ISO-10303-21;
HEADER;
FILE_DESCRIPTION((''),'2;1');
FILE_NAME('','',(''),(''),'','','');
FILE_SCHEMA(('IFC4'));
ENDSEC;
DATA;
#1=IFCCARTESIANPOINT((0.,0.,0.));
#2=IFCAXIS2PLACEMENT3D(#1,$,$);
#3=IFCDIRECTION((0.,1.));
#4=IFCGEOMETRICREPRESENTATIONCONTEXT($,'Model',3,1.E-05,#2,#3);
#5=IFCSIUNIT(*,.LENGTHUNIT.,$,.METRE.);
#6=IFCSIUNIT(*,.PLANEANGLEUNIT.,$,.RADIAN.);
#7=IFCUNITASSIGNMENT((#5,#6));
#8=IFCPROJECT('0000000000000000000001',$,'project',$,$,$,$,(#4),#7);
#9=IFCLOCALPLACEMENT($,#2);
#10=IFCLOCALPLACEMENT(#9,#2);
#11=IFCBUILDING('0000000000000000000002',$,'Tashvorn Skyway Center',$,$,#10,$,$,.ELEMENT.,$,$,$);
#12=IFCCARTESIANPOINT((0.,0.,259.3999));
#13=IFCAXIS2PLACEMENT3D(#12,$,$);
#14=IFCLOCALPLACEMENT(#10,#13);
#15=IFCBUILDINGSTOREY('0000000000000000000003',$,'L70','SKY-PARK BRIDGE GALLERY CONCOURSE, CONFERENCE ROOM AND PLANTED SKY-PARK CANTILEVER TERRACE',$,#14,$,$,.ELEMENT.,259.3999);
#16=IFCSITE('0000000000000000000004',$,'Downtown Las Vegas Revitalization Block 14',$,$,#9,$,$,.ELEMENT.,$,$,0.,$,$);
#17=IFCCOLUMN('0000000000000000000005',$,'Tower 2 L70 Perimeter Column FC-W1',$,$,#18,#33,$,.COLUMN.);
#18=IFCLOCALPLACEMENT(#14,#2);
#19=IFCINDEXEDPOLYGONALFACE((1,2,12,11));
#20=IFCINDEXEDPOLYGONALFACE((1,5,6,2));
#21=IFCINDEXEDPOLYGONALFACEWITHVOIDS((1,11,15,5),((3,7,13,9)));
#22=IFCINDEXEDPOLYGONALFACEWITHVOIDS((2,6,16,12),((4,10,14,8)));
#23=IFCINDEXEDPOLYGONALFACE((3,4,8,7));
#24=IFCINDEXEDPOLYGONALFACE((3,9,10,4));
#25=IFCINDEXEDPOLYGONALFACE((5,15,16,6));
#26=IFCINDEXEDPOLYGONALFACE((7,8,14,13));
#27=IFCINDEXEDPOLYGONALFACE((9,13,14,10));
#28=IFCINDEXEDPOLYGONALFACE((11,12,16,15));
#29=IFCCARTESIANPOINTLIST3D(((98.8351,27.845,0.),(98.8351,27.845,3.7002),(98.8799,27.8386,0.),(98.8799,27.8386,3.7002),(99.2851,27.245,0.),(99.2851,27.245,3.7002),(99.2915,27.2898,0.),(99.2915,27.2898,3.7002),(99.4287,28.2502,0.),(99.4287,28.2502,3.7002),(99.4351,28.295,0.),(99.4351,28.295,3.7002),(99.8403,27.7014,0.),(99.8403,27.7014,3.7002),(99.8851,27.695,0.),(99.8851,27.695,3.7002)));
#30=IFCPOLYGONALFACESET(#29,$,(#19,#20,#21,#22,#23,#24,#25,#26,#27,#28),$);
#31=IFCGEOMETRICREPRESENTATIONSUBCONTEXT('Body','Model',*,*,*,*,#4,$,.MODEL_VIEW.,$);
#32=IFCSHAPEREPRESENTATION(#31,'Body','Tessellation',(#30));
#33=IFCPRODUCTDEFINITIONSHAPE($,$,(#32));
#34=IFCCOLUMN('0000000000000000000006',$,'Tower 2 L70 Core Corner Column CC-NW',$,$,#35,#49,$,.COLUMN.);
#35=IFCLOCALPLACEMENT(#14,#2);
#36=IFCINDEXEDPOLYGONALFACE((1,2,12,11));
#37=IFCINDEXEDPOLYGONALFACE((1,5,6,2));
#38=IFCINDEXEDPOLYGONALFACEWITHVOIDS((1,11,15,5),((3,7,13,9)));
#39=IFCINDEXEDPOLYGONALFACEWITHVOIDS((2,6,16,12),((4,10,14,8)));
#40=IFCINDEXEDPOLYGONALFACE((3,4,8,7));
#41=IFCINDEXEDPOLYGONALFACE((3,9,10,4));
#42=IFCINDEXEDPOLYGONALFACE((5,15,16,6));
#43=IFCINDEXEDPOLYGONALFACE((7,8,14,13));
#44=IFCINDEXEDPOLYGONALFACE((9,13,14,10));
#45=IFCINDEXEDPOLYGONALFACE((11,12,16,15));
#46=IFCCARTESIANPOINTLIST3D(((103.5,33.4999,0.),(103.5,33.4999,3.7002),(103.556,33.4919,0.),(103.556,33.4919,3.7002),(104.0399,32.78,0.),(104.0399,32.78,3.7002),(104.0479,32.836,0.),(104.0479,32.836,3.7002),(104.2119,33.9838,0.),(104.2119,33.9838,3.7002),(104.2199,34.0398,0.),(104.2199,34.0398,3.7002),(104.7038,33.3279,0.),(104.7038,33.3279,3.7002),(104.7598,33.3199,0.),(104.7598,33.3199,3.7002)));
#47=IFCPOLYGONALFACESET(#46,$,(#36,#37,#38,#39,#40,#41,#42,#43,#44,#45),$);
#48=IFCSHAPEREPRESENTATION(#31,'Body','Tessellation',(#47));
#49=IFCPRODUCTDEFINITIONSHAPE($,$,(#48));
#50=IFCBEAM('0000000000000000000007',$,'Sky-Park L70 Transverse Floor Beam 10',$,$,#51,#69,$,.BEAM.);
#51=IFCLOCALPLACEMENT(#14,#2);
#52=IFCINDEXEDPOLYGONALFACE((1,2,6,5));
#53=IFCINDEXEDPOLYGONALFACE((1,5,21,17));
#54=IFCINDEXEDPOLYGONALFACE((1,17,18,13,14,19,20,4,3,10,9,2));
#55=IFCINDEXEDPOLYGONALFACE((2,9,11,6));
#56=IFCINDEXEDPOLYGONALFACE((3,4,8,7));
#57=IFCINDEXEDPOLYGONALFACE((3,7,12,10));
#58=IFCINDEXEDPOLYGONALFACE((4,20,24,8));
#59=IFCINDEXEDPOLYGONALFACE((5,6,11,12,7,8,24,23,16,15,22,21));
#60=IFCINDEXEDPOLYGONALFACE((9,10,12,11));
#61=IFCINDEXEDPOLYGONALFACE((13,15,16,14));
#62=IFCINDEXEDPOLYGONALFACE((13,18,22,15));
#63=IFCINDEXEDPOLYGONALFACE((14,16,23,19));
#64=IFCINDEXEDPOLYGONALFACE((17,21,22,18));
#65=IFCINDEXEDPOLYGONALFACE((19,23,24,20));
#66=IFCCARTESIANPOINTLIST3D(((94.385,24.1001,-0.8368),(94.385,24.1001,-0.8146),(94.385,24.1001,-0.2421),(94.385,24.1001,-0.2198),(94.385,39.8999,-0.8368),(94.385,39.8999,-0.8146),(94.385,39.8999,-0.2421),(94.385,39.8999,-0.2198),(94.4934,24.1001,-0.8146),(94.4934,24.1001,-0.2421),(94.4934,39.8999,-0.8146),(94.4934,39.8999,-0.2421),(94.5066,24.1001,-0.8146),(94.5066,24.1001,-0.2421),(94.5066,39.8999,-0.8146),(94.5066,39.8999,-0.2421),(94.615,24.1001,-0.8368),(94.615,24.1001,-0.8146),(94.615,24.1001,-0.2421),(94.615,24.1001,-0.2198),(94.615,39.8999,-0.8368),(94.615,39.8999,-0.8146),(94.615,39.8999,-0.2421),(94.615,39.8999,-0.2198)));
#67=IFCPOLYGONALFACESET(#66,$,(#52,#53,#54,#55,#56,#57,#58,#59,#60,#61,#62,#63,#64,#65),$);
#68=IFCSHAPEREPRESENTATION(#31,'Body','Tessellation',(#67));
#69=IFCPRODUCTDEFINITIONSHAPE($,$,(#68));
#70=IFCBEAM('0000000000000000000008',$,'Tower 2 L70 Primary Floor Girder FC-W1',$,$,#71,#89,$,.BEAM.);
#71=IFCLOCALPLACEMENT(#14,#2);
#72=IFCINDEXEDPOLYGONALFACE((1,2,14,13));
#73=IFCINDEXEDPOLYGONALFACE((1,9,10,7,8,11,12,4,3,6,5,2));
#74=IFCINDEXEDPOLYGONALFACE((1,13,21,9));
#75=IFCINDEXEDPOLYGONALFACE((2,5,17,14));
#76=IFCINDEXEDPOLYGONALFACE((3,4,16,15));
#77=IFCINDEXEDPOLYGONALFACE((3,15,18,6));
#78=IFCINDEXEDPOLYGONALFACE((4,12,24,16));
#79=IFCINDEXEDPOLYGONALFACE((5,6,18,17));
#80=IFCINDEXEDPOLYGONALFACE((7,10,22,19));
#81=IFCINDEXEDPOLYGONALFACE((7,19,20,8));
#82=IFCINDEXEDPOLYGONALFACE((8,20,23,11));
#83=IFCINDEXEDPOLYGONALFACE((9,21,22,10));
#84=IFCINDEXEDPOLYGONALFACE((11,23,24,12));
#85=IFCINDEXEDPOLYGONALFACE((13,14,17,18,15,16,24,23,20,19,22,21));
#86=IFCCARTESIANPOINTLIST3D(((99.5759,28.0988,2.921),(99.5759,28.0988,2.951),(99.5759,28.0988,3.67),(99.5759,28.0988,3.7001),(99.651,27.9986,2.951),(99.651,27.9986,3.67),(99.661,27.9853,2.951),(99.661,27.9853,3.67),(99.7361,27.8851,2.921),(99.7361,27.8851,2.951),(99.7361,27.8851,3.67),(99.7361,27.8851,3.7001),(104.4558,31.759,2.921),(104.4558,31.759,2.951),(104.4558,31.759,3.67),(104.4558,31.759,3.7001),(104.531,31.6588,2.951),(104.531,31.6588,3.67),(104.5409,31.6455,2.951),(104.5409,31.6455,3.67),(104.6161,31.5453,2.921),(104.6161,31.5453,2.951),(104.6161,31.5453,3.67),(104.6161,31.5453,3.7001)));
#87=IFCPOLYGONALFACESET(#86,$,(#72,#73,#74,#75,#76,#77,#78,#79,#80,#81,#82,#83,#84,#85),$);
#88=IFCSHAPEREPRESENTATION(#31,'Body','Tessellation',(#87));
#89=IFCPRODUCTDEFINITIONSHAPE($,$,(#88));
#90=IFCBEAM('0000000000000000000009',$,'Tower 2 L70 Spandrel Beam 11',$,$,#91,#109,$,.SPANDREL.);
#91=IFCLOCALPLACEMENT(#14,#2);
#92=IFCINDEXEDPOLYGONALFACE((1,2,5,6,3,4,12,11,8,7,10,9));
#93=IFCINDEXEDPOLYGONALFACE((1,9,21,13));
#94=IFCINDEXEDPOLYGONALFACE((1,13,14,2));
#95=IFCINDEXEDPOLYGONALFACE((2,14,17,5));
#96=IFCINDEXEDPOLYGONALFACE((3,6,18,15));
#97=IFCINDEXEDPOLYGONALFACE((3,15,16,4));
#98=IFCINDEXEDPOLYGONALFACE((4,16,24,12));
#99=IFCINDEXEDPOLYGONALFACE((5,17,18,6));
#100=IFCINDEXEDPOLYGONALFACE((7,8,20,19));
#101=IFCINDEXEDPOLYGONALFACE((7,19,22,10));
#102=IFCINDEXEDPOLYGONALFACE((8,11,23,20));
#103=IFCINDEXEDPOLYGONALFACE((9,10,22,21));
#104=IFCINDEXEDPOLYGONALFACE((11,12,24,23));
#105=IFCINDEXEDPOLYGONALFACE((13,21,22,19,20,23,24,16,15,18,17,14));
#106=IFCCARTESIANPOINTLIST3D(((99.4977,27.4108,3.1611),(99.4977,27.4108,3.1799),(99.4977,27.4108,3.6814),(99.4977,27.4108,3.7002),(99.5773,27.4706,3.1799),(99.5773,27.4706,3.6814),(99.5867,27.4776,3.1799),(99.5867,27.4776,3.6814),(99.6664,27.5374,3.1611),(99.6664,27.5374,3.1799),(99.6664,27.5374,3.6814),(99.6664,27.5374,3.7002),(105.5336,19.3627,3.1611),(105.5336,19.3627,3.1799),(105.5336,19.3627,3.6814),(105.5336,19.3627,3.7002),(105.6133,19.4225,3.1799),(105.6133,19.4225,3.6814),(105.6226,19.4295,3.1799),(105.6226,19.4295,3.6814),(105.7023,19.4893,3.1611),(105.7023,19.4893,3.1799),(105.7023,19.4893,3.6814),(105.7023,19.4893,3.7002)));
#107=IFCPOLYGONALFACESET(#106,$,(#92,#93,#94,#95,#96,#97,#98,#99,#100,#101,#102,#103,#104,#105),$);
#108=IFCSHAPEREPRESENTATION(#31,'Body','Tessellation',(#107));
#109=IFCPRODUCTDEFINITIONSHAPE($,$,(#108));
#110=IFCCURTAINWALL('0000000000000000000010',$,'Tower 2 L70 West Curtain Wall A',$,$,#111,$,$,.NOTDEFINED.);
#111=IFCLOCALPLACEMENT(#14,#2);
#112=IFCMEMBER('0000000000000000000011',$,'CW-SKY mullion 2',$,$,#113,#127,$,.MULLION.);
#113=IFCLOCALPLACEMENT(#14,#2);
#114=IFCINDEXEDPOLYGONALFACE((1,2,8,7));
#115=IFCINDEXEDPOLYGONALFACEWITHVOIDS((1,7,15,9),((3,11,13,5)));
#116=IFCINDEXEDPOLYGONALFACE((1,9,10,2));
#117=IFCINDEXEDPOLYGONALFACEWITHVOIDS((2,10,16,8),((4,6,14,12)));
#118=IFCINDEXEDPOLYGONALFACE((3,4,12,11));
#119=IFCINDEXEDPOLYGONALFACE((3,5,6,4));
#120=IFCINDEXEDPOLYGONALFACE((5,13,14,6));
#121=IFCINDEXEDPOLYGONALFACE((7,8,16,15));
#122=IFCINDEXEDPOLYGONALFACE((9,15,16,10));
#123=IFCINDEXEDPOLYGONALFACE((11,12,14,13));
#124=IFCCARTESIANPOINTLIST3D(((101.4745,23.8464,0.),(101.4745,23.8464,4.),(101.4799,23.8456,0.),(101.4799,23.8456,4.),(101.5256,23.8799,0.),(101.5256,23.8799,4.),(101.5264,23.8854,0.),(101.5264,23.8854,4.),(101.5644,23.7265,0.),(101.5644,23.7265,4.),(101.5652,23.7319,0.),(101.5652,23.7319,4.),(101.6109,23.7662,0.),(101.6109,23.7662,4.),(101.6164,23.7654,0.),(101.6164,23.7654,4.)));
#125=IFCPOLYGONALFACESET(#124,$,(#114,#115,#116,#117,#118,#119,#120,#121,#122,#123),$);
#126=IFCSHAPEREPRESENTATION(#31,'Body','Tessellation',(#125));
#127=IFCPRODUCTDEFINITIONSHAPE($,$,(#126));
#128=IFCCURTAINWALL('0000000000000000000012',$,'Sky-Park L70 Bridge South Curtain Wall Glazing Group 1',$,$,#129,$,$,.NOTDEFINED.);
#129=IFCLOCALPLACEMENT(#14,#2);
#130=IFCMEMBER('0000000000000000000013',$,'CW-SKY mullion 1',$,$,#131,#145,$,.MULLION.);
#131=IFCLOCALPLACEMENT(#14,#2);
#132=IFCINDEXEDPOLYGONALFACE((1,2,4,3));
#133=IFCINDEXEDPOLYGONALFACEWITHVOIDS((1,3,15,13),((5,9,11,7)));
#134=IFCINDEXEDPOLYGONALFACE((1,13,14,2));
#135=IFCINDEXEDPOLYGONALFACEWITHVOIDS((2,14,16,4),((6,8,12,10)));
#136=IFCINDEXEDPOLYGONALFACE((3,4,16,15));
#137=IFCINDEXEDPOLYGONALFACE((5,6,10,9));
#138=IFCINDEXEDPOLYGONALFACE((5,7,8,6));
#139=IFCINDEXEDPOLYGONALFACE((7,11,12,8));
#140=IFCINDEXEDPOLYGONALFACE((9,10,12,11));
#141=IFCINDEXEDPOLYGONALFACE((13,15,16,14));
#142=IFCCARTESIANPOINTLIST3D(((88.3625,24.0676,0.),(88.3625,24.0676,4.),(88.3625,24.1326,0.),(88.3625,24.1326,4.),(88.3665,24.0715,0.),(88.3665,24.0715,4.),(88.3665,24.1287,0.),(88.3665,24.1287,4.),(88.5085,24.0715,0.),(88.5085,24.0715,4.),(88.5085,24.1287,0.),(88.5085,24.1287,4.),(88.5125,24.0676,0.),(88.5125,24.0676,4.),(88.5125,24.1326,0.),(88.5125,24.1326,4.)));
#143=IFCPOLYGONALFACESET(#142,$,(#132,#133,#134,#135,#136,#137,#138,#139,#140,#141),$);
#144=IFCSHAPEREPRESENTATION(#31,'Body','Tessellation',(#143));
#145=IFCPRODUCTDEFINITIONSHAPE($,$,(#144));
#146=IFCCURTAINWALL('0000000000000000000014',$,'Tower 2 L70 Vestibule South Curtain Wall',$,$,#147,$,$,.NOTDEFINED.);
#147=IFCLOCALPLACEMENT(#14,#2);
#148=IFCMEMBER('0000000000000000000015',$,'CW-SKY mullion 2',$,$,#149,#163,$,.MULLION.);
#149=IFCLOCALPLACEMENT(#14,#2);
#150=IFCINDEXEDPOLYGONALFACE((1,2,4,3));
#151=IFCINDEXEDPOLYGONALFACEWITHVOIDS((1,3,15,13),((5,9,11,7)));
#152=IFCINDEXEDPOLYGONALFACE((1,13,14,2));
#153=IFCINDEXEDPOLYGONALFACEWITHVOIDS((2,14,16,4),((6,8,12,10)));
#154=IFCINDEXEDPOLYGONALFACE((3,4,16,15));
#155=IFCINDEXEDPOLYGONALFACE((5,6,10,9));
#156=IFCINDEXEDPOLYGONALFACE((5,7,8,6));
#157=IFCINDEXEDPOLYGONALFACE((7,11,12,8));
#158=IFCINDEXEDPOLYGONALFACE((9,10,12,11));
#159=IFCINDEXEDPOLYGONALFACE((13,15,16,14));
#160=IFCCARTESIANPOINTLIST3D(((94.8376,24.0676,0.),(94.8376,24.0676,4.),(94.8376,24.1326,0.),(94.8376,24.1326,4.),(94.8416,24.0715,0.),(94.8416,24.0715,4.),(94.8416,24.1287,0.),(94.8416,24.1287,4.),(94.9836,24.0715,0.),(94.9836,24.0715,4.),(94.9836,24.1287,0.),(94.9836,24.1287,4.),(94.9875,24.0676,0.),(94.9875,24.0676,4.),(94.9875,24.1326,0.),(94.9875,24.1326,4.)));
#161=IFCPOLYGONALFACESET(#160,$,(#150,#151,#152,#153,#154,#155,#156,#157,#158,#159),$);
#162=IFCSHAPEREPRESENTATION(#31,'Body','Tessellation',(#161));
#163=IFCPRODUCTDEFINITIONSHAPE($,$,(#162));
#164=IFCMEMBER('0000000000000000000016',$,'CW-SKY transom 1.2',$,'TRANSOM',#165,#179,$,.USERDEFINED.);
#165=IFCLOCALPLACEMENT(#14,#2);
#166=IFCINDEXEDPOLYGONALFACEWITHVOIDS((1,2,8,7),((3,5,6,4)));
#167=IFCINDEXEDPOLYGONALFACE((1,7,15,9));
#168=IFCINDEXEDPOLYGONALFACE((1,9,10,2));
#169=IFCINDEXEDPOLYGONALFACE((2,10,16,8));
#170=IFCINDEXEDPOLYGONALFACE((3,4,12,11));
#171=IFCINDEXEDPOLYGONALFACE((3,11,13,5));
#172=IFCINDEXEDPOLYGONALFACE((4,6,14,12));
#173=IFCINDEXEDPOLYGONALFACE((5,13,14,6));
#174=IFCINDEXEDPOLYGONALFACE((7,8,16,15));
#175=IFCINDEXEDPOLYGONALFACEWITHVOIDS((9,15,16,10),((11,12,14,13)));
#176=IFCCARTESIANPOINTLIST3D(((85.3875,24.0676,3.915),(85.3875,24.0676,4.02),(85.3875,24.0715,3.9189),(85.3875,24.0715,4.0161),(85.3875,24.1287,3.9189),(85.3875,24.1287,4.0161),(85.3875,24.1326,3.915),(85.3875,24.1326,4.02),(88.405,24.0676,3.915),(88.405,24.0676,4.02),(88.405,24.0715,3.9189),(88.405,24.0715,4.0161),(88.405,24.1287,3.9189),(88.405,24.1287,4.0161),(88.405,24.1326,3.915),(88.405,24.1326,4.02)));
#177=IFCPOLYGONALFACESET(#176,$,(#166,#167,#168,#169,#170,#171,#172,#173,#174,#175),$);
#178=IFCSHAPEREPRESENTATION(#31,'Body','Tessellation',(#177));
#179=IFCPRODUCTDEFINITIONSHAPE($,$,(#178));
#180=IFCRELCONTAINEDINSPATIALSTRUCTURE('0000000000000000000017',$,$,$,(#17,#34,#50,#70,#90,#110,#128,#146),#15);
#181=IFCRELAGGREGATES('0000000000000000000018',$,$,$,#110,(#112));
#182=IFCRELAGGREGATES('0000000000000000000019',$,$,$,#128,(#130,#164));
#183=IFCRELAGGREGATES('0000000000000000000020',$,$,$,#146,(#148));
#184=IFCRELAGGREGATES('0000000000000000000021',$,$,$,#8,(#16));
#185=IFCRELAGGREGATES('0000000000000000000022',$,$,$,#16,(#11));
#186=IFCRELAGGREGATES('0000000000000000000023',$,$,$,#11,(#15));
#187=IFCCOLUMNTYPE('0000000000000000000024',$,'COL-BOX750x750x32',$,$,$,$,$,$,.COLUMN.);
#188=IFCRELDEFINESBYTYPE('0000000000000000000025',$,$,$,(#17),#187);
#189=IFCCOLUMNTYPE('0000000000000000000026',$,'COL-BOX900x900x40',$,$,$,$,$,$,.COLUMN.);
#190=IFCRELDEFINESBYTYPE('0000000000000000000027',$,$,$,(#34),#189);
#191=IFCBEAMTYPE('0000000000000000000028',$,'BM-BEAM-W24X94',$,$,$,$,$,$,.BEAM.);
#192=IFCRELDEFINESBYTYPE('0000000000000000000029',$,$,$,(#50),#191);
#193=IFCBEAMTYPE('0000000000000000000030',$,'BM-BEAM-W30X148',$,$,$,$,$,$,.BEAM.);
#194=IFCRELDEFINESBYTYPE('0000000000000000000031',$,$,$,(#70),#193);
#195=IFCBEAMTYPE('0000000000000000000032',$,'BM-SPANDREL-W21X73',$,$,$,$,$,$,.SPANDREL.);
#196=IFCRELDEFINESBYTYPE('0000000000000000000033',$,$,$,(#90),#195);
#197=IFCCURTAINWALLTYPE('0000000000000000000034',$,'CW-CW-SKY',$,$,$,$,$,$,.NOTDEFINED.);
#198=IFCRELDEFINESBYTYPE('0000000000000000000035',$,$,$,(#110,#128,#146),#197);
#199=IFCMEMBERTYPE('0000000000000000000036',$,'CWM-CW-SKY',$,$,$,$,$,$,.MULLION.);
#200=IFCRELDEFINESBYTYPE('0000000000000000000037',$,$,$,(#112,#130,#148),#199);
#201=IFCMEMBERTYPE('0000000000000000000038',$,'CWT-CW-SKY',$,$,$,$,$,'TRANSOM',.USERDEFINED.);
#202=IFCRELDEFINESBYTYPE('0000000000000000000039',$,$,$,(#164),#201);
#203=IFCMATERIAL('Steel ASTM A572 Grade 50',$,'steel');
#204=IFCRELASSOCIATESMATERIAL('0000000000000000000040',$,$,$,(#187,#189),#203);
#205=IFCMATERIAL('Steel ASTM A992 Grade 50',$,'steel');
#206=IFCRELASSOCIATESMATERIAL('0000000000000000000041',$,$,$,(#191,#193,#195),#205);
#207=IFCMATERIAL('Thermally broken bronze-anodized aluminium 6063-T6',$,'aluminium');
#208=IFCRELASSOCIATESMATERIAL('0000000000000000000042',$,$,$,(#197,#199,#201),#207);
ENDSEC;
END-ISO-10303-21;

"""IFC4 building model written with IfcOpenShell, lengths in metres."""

from ifc_helpers import new_model, si_unit, direction, frame, origin, origin_2d, place, context, subcontext, project, spatial, hollow_rectangle, i_section, extrude, material, material_profile, profile_set, type_object, element, aggregate, save


model = new_model("IFC4")

# Units and contexts
model_context = context("Model", 3, precision=1e-05, world=origin(), true_north=direction((0.0, 1.0)))
body_context = subcontext(model_context, "Body", "Model", "MODEL_VIEW")
ifc_project = project(units=[si_unit("LENGTHUNIT", "METRE"), si_unit("PLANEANGLEUNIT", "RADIAN")], contexts=[model_context])

# Site, building, storey
site_placement = place(None, origin())
site = spatial("IfcSite", under=ifc_project, at=site_placement, Name="Downtown Las Vegas Revitalization Block 14", CompositionType="ELEMENT", RefElevation=0.0)
building_placement = place(site_placement, origin())
building = spatial("IfcBuilding", under=site, at=building_placement, Name="Tashvorn Skyway Center", CompositionType="ELEMENT")
storey_placement = place(building_placement, frame((0.0, 0.0, 259.3999)))
storey = spatial("IfcBuildingStorey", under=building, at=storey_placement, Name="L70", Description="SKY-PARK BRIDGE GALLERY CONCOURSE, CONFERENCE ROOM AND PLANTED SKY-PARK CANTILEVER TERRACE", CompositionType="ELEMENT", Elevation=259.3999)

# Columns
ifc_material_1 = material(Name="Steel ASTM A572 Grade 50", Category="steel")
ifc_material_profile_1 = material_profile(ifc_material_1, hollow_rectangle(XDim=0.75, YDim=0.75, WallThickness=0.032, at=origin_2d()), Name="BOX750x750x32")
ifc_profile_set_1 = profile_set([ifc_material_profile_1], Name="Steel ASTM A572 Grade 50")
column_type_1 = type_object("IfcColumnType", Name="COL-BOX750x750x32", PredefinedType="COLUMN", material=ifc_profile_set_1)
column_1_placement = place(storey_placement, frame((99.3601, 27.77, 0.0), z_axis=(0.0, 0.0, 1.0), x_axis=(0.8, 0.6, 0.0)))
element("IfcColumn", 1, at=column_1_placement, inside=storey, type_object=column_type_1, Name="Tower 2 L70 Perimeter Column FC-W1", PredefinedType="COLUMN", context=body_context, shape_type="SweptSolid", body=[
    extrude(hollow_rectangle(XDim=0.75, YDim=0.75, WallThickness=0.032, at=origin_2d()), origin(), (0.0, 0.0, 1.0), 3.7002),
])
ifc_material_profile_2 = material_profile(ifc_material_1, hollow_rectangle(XDim=0.8999, YDim=0.8999, WallThickness=0.04, at=origin_2d()), Name="BOX900x900x40")
ifc_profile_set_2 = profile_set([ifc_material_profile_2], Name="Steel ASTM A572 Grade 50")
column_type_2 = type_object("IfcColumnType", Name="COL-BOX900x900x40", PredefinedType="COLUMN", material=ifc_profile_set_2)
column_2_placement = place(storey_placement, frame((104.1299, 33.4099, 0.0), z_axis=(0.0, 0.0, 1.0), x_axis=(0.8, 0.6, 0.0)))
element("IfcColumn", 2, at=column_2_placement, inside=storey, type_object=column_type_2, Name="Tower 2 L70 Core Corner Column CC-NW", PredefinedType="COLUMN", context=body_context, shape_type="SweptSolid", body=[
    extrude(hollow_rectangle(XDim=0.8999, YDim=0.8999, WallThickness=0.04, at=origin_2d()), origin(), (0.0, 0.0, 1.0), 3.7002),
])

# Beams
ifc_material_2 = material(Name="Steel ASTM A992 Grade 50", Category="steel")
ifc_material_profile_3 = material_profile(ifc_material_2, i_section(OverallWidth=0.23, OverallDepth=0.6169, WebThickness=0.0132, FlangeThickness=0.0222, at=origin_2d()), Name="W24X94")
ifc_profile_set_3 = profile_set([ifc_material_profile_3], Name="Steel ASTM A992 Grade 50")
beam_type_1 = type_object("IfcBeamType", Name="BM-BEAM-W24X94", PredefinedType="BEAM", material=ifc_profile_set_3)
beam_1_placement = place(storey_placement, frame((94.5, 24.1001, -0.5283), z_axis=(0.0, 1.0, 0.0), x_axis=(-1.0, 0.0, 0.0)))
element("IfcBeam", 3, at=beam_1_placement, inside=storey, type_object=beam_type_1, Name="Sky-Park L70 Transverse Floor Beam 10", PredefinedType="BEAM", context=body_context, shape_type="SweptSolid", body=[
    extrude(i_section(OverallWidth=0.23, OverallDepth=0.6169, WebThickness=0.0132, FlangeThickness=0.0222, at=origin_2d()), origin(), (0.0, 0.0, 1.0), 15.7998),
])
ifc_material_profile_4 = material_profile(ifc_material_2, i_section(OverallWidth=0.2671, OverallDepth=0.7791, WebThickness=0.0166, FlangeThickness=0.03, at=origin_2d()), Name="W30X148")
ifc_profile_set_4 = profile_set([ifc_material_profile_4], Name="Steel ASTM A992 Grade 50")
beam_type_2 = type_object("IfcBeamType", Name="BM-BEAM-W30X148", PredefinedType="BEAM", material=ifc_profile_set_4)
beam_2_placement = place(storey_placement, frame((99.656, 27.9919, 3.3105), z_axis=(0.799981, 0.600026, 0.0), x_axis=(-0.600026, 0.799981, 0.0)))
element("IfcBeam", 4, at=beam_2_placement, inside=storey, type_object=beam_type_2, Name="Tower 2 L70 Primary Floor Girder FC-W1", PredefinedType="BEAM", context=body_context, shape_type="SweptSolid", body=[
    extrude(i_section(OverallWidth=0.2671, OverallDepth=0.7791, WebThickness=0.0166, FlangeThickness=0.03, at=origin_2d()), origin(), (0.0, 0.0, 1.0), 6.1001),
])
ifc_material_profile_5 = material_profile(ifc_material_2, i_section(OverallWidth=0.2109, OverallDepth=0.5391, WebThickness=0.0117, FlangeThickness=0.0188, at=origin_2d()), Name="W21X73")
ifc_profile_set_5 = profile_set([ifc_material_profile_5], Name="Steel ASTM A992 Grade 50")
beam_type_3 = type_object("IfcBeamType", Name="BM-SPANDREL-W21X73", PredefinedType="SPANDREL", material=ifc_profile_set_5)
beam_3_placement = place(storey_placement, frame((99.582, 27.4741, 3.4307), z_axis=(0.599988, -0.800009, 0.0), x_axis=(0.800009, 0.599988, 0.0)))
element("IfcBeam", 5, at=beam_3_placement, inside=storey, type_object=beam_type_3, Name="Tower 2 L70 Spandrel Beam 11", PredefinedType="SPANDREL", context=body_context, shape_type="SweptSolid", body=[
    extrude(i_section(OverallWidth=0.2109, OverallDepth=0.5391, WebThickness=0.0117, FlangeThickness=0.0188, at=origin_2d()), origin(), (0.0, 0.0, 1.0), 10.0601),
])

# Curtain walls, members
ifc_material_3 = material(Name="Thermally broken bronze-anodized aluminium 6063-T6", Category="aluminium")
curtain_wall_type = type_object("IfcCurtainWallType", Name="CW-CW-SKY", PredefinedType="NOTDEFINED", material=ifc_material_3)
curtain_wall_1_placement = place(storey_placement, origin())
curtain_wall_1 = element("IfcCurtainWall", 6, at=curtain_wall_1_placement, inside=storey, type_object=curtain_wall_type, Name="Tower 2 L70 West Curtain Wall A", PredefinedType="NOTDEFINED")
ifc_material_profile_6 = material_profile(ifc_material_3, hollow_rectangle(XDim=0.0649, YDim=0.1499, WallThickness=0.0039, at=origin_2d()), Name="ALU-MULL-65x150")
ifc_profile_set_6 = profile_set([ifc_material_profile_6], Name="Thermally broken bronze-anodized aluminium 6063-T6")
member_type_1 = type_object("IfcMemberType", Name="CWM-CW-SKY", PredefinedType="MULLION", material=ifc_profile_set_6)
member_1_placement = place(storey_placement, frame((101.5454, 23.8059, 0.0), z_axis=(0.0, 0.0, 1.0), x_axis=(-0.8, -0.6, 0.0)))
member_1 = element("IfcMember", 7, at=member_1_placement, type_object=member_type_1, Name="CW-SKY mullion 2", PredefinedType="MULLION", context=body_context, shape_type="SweptSolid", body=[
    extrude(hollow_rectangle(XDim=0.0649, YDim=0.1499, WallThickness=0.0039, at=origin_2d()), origin(), (0.0, 0.0, 1.0), 4.0),
])
aggregate(curtain_wall_1, [member_1])
curtain_wall_2_placement = place(storey_placement, origin())
curtain_wall_2 = element("IfcCurtainWall", 8, at=curtain_wall_2_placement, inside=storey, type_object=curtain_wall_type, Name="Sky-Park L70 Bridge South Curtain Wall Glazing Group 1", PredefinedType="NOTDEFINED")
member_2_placement = place(storey_placement, frame((88.4375, 24.1001, 0.0), z_axis=(0.0, 0.0, 1.0), x_axis=(0.0, -1.0, 0.0)))
member_2 = element("IfcMember", 9, at=member_2_placement, type_object=member_type_1, Name="CW-SKY mullion 1", PredefinedType="MULLION", context=body_context, shape_type="SweptSolid", body=[
    extrude(hollow_rectangle(XDim=0.0649, YDim=0.1499, WallThickness=0.0039, at=origin_2d()), origin(), (0.0, 0.0, 1.0), 4.0),
])
curtain_wall_3_placement = place(storey_placement, origin())
curtain_wall_3 = element("IfcCurtainWall", 10, at=curtain_wall_3_placement, inside=storey, type_object=curtain_wall_type, Name="Tower 2 L70 Vestibule South Curtain Wall", PredefinedType="NOTDEFINED")
member_3_placement = place(storey_placement, frame((94.9126, 24.1001, 0.0), z_axis=(0.0, 0.0, 1.0), x_axis=(0.0, -1.0, 0.0)))
member_3 = element("IfcMember", 11, at=member_3_placement, type_object=member_type_1, Name="CW-SKY mullion 2", PredefinedType="MULLION", context=body_context, shape_type="SweptSolid", body=[
    extrude(hollow_rectangle(XDim=0.0649, YDim=0.1499, WallThickness=0.0039, at=origin_2d()), origin(), (0.0, 0.0, 1.0), 4.0),
])

# Member
ifc_material_profile_7 = material_profile(ifc_material_3, hollow_rectangle(XDim=0.0649, YDim=0.105, WallThickness=0.0039, at=origin_2d()), Name="ALU-TRAN-65x105")
ifc_profile_set_7 = profile_set([ifc_material_profile_7], Name="Thermally broken bronze-anodized aluminium 6063-T6")
member_type_2 = type_object("IfcMemberType", Name="CWT-CW-SKY", ElementType="TRANSOM", PredefinedType="USERDEFINED", material=ifc_profile_set_7)
member_4_placement = place(storey_placement, frame((88.405, 24.1001, 3.9675), z_axis=(-1.0, 0.0, 0.0), x_axis=(0.0, -1.0, 0.0)))
member_4 = element("IfcMember", 12, at=member_4_placement, type_object=member_type_2, Name="CW-SKY transom 1.2", ObjectType="TRANSOM", PredefinedType="USERDEFINED", context=body_context, shape_type="SweptSolid", body=[
    extrude(hollow_rectangle(XDim=0.0649, YDim=0.105, WallThickness=0.0039, at=origin_2d()), origin(), (0.0, 0.0, 1.0), 3.0176),
])
aggregate(curtain_wall_2, [member_2, member_4])

aggregate(curtain_wall_3, [member_3])

save(model, "model.ifc")
